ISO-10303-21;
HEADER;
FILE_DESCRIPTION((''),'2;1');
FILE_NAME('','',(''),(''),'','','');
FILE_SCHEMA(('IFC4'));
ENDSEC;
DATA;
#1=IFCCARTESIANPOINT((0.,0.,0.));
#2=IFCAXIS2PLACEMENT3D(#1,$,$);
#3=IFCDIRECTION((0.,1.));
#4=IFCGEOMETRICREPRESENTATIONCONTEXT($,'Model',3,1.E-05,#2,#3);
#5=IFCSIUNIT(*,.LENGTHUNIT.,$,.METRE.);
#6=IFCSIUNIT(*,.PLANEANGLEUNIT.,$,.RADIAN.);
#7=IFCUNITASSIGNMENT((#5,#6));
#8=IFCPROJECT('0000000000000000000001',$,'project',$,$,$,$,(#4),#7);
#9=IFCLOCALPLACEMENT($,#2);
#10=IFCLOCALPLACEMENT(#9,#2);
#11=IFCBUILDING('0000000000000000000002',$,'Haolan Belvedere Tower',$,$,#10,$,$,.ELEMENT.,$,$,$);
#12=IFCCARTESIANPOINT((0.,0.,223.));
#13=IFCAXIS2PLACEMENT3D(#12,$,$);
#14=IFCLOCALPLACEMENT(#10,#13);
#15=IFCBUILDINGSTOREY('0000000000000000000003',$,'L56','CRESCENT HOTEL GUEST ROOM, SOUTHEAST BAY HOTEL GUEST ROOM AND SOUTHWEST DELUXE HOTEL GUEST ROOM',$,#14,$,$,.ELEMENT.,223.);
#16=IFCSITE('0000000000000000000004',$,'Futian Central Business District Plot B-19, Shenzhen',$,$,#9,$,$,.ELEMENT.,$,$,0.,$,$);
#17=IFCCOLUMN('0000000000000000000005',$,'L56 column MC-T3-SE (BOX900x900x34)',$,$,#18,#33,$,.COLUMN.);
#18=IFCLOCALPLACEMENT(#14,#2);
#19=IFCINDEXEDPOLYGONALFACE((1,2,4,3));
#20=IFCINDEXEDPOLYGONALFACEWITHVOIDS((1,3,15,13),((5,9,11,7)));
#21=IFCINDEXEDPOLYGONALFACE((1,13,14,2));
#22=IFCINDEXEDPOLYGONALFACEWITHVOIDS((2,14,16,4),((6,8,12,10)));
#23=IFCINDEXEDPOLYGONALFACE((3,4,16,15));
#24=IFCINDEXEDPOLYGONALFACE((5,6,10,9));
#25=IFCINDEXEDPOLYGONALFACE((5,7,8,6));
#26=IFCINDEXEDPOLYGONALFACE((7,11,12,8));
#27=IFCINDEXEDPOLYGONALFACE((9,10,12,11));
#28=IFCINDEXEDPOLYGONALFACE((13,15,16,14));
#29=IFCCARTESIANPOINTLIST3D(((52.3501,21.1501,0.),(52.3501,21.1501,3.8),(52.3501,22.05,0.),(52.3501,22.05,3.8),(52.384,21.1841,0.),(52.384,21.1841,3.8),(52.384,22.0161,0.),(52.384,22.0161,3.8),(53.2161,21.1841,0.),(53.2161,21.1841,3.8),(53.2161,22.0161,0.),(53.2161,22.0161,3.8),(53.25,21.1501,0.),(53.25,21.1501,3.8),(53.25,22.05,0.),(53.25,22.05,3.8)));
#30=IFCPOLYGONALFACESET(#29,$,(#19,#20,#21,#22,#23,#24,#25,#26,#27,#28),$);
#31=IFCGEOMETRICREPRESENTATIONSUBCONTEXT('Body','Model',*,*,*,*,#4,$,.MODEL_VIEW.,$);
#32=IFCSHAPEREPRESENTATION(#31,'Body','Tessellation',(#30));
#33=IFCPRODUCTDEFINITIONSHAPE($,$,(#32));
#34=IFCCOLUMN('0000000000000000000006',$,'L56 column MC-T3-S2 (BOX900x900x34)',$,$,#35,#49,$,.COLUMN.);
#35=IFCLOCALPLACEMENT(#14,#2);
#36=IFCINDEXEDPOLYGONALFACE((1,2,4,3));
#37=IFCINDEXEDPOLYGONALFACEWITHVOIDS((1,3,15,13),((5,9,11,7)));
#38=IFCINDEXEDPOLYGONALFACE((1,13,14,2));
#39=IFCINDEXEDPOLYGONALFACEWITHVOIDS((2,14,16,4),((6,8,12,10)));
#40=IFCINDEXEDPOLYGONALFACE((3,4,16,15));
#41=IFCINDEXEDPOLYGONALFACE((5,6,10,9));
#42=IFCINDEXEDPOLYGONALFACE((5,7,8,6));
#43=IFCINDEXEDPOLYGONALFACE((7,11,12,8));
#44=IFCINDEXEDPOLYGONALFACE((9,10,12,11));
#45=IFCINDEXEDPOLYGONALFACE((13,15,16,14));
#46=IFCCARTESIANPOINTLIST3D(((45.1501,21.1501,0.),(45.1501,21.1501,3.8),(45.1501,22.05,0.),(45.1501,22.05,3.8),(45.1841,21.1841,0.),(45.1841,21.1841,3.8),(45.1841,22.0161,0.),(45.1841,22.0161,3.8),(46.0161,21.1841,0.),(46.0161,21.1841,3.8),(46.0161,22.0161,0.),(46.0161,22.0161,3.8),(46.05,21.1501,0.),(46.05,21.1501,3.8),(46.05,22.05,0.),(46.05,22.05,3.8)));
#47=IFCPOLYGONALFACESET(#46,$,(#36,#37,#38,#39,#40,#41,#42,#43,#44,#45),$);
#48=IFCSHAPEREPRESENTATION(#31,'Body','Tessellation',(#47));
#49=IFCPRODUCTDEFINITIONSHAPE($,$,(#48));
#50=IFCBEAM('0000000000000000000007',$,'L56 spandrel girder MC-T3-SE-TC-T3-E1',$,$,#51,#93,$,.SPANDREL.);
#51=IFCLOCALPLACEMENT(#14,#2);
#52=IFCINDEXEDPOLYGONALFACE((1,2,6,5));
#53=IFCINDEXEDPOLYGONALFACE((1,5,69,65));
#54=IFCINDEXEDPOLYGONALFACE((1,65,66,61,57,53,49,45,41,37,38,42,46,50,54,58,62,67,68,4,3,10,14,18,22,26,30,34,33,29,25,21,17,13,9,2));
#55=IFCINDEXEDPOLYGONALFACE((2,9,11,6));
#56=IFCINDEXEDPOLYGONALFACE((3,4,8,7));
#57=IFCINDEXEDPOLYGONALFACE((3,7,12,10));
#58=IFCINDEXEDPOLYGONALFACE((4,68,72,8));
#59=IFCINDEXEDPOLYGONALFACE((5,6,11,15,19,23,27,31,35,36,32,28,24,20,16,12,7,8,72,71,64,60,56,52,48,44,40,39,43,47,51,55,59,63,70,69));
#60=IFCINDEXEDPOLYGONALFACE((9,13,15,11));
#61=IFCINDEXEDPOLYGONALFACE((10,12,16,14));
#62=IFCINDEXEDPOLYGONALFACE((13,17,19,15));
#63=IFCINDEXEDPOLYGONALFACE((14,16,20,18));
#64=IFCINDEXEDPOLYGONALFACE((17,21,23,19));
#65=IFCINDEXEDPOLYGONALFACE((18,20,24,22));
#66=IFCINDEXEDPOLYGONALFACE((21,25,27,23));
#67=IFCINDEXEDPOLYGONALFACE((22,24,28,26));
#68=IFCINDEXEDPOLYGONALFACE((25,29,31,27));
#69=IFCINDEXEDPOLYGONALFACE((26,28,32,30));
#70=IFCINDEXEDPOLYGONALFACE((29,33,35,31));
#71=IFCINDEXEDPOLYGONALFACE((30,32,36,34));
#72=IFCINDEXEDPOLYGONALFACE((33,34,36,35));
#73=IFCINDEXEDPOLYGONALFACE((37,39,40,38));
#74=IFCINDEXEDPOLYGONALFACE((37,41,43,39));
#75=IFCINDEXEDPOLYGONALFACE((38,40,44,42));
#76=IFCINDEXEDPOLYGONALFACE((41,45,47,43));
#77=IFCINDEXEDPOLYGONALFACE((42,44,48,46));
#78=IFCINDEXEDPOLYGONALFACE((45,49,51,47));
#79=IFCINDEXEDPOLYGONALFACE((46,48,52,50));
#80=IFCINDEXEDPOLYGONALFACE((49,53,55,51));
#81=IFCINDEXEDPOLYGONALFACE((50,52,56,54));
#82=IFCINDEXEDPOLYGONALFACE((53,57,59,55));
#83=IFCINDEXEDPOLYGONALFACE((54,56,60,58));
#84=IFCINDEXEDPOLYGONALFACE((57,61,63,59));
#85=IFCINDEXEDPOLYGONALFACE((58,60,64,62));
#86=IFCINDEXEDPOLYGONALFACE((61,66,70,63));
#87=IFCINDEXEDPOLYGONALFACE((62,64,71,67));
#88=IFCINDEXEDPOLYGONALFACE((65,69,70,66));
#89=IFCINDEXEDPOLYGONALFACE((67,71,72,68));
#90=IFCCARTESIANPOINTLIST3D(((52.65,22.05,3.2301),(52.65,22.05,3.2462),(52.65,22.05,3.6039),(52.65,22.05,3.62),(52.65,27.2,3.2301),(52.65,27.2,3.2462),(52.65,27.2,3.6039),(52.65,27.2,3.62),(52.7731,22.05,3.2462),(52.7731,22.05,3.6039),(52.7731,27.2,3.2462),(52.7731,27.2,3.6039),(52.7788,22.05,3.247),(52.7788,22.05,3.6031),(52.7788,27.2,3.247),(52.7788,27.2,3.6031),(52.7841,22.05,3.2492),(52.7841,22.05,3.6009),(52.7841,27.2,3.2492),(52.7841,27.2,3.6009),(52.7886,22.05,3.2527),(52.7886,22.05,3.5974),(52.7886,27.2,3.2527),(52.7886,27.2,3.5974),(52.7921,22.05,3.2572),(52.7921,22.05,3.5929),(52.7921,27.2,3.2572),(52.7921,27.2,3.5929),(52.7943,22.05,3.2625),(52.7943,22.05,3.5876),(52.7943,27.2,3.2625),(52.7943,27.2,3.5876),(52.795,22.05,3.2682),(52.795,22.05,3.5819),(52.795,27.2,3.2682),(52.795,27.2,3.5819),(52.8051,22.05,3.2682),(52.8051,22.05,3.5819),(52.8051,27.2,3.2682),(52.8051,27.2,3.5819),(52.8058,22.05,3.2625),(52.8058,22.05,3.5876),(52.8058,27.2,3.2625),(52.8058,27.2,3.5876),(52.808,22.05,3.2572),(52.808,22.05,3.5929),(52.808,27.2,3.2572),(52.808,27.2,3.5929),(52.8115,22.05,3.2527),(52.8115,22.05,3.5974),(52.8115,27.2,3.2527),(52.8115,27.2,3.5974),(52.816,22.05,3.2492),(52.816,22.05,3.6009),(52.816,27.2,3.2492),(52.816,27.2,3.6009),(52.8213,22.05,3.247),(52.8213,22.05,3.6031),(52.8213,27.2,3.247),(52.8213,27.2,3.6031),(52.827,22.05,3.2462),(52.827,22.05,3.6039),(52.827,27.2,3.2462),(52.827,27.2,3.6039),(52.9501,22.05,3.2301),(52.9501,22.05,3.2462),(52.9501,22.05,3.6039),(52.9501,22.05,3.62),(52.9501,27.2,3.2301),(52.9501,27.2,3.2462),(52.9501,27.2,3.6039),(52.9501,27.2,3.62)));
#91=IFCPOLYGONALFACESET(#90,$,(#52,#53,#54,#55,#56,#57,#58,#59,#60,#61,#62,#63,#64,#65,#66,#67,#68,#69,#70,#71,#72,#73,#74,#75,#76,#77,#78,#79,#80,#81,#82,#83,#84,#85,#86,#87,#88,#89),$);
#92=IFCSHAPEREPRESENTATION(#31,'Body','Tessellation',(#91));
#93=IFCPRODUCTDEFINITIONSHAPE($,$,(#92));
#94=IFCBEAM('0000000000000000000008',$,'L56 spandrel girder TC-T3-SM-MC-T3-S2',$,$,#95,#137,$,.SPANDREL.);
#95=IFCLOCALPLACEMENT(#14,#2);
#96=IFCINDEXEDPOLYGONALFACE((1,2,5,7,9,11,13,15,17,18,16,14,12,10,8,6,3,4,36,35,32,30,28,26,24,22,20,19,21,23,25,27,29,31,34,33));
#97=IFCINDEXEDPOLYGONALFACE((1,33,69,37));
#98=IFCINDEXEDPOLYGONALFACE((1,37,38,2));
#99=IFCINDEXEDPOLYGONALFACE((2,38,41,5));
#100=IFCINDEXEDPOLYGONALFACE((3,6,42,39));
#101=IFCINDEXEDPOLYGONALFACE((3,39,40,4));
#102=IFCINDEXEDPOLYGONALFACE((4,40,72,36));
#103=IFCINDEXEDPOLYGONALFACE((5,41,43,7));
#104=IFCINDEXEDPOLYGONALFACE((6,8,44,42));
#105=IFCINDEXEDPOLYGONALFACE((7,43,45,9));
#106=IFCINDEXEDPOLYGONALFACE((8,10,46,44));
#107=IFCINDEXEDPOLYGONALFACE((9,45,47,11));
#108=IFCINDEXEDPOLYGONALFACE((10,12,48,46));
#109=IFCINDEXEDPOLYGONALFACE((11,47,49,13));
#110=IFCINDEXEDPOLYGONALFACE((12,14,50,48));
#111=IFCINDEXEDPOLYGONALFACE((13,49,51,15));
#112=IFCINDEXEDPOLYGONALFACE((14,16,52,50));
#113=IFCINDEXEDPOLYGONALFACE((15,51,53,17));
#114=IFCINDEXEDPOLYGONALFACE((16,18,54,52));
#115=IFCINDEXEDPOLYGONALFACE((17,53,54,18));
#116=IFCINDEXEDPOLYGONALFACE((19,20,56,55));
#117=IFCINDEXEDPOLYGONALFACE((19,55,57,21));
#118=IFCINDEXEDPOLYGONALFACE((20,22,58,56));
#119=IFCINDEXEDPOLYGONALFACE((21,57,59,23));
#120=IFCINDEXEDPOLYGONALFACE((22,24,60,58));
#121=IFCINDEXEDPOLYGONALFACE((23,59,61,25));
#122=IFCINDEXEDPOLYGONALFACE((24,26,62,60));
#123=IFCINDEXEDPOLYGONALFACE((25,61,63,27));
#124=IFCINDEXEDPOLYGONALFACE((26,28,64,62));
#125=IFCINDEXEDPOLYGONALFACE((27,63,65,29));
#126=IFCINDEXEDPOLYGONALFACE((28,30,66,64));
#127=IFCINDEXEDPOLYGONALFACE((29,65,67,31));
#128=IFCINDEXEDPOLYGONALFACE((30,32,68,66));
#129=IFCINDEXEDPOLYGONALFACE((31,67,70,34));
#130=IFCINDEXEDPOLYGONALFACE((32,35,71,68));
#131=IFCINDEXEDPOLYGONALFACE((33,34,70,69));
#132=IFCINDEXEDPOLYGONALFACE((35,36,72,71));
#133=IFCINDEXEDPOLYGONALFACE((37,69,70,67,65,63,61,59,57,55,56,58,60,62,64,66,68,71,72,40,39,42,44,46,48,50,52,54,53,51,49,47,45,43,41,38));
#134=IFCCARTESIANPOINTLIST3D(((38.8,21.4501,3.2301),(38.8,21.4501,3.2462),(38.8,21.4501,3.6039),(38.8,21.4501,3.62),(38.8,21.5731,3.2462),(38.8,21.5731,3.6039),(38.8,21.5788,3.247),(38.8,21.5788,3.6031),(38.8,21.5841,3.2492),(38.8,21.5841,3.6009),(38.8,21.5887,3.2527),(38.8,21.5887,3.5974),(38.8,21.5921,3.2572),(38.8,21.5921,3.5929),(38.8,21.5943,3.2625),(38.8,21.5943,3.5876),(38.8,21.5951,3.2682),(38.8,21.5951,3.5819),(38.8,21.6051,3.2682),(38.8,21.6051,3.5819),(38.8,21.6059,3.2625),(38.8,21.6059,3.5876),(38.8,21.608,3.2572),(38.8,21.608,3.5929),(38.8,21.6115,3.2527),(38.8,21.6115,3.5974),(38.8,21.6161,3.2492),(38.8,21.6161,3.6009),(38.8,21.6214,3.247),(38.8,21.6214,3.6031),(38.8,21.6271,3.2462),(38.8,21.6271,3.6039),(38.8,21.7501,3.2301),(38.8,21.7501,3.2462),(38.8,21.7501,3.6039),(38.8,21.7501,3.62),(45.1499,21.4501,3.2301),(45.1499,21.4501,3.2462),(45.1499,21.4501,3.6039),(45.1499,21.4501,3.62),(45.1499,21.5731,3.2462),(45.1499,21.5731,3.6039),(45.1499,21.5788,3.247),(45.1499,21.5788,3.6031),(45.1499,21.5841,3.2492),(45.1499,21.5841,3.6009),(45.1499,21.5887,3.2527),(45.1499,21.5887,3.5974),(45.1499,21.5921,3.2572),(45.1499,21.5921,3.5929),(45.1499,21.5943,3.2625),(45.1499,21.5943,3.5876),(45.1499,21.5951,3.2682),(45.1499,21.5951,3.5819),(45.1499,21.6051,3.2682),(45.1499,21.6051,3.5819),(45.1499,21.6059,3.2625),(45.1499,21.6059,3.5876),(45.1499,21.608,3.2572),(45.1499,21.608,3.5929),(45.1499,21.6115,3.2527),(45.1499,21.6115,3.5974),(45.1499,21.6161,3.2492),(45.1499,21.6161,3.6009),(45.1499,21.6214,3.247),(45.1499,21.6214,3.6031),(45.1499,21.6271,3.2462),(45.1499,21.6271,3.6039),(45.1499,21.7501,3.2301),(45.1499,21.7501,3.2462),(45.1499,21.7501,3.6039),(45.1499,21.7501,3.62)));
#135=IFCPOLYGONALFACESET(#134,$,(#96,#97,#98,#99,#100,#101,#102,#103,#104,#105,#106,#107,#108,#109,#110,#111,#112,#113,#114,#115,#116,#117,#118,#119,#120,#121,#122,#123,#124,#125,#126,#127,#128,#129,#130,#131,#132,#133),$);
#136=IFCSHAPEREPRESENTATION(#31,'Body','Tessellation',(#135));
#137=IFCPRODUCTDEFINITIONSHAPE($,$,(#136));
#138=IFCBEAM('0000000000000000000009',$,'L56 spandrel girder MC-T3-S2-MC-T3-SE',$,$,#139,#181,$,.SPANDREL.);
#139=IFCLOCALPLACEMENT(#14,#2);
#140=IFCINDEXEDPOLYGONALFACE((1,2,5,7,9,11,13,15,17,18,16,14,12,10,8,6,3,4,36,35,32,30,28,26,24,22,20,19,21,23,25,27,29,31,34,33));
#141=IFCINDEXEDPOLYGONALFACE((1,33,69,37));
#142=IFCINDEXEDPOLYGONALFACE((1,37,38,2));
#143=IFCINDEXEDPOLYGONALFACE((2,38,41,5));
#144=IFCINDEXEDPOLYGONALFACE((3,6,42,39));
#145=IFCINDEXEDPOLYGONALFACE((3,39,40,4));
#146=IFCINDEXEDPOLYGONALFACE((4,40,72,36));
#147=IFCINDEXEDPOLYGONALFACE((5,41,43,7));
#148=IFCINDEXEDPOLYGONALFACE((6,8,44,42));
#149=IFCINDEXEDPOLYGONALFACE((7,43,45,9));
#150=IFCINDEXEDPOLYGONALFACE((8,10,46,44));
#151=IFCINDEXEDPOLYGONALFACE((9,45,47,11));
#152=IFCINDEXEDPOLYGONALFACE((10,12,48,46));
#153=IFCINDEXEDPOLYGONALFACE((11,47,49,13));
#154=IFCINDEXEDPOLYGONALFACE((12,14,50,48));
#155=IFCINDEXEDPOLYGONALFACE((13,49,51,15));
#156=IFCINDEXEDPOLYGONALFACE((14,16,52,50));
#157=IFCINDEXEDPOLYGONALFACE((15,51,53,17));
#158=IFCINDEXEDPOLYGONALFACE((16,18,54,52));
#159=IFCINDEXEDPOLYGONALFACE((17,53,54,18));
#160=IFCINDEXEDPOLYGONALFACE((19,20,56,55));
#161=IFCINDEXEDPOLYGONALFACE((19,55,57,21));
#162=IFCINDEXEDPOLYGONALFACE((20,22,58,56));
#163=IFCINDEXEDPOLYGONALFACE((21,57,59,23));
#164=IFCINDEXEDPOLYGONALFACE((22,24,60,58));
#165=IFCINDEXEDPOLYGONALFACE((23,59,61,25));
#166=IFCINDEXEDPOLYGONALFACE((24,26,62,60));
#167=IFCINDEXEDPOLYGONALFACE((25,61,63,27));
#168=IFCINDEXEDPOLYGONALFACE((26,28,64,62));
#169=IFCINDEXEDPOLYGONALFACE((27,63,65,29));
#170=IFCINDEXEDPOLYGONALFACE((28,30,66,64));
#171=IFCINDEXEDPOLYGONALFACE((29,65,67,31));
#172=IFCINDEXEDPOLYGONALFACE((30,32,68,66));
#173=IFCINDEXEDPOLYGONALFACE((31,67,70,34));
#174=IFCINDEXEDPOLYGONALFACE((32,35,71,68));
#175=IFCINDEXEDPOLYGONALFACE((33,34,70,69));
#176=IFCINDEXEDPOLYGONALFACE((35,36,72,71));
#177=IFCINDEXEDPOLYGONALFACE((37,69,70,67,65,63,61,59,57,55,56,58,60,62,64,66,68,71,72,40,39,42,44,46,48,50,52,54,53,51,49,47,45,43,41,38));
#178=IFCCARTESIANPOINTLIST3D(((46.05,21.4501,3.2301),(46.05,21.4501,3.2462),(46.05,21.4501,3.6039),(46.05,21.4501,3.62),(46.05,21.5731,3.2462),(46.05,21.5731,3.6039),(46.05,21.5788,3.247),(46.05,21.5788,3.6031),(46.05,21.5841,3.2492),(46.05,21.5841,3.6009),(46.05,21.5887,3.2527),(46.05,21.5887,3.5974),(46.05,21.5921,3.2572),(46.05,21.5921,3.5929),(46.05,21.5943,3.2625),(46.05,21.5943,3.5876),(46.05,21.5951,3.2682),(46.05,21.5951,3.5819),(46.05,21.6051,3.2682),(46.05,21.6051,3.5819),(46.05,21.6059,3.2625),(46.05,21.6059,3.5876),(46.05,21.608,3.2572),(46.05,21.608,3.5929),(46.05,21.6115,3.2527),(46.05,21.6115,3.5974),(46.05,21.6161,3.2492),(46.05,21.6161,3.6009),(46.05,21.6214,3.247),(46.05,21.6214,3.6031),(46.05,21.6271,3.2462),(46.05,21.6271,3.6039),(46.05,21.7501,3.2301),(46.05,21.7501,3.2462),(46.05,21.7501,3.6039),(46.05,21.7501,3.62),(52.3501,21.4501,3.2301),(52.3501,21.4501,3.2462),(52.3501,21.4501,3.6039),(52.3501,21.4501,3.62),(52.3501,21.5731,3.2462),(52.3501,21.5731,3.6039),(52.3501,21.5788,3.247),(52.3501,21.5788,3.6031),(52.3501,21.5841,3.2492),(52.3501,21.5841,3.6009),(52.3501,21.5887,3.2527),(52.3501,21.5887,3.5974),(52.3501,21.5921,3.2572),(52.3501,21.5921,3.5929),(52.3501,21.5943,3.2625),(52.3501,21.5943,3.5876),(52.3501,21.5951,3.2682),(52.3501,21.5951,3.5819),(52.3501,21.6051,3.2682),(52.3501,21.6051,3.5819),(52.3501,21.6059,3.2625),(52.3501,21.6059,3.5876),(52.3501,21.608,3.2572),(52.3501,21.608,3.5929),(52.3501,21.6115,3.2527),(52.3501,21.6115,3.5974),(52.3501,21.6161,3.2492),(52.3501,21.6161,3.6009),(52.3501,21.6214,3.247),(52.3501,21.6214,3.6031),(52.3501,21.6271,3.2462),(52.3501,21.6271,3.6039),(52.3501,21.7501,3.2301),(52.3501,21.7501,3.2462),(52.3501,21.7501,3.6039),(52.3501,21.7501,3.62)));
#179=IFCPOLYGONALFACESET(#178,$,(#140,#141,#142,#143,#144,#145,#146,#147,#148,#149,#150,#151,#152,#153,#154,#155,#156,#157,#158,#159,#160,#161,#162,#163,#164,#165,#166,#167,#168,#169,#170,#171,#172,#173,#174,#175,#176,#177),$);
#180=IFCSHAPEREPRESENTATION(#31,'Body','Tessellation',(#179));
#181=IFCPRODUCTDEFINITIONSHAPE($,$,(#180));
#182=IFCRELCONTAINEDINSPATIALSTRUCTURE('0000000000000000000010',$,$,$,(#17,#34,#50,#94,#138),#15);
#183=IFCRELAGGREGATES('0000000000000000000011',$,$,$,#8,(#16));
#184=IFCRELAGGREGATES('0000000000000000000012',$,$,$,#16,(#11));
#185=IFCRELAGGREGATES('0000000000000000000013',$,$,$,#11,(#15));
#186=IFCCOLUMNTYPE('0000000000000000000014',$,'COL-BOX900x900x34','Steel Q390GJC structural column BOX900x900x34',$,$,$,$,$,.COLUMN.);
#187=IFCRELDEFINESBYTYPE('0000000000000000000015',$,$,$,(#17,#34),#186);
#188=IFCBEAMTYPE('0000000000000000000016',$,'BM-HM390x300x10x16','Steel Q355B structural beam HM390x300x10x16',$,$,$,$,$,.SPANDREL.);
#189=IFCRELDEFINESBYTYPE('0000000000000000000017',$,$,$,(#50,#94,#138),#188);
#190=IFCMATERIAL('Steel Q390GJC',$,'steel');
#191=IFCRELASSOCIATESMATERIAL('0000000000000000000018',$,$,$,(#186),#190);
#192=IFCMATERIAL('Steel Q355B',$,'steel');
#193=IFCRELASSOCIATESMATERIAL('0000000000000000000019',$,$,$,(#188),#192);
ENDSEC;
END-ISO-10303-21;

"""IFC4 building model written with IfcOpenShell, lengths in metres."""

from ifc_helpers import new_model, si_unit, direction, frame, origin, origin_2d, place, context, subcontext, project, spatial, hollow_rectangle, i_section, extrude, material, material_profile, profile_set, type_object, element, save


model = new_model("IFC4")

# Units and contexts
model_context = context("Model", 3, precision=1e-05, world=origin(), true_north=direction((0.0, 1.0)))
body_context = subcontext(model_context, "Body", "Model", "MODEL_VIEW")
ifc_project = project(units=[si_unit("LENGTHUNIT", "METRE"), si_unit("PLANEANGLEUNIT", "RADIAN")], contexts=[model_context])

# Site, building, storey
site_placement = place(None, origin())
site = spatial("IfcSite", under=ifc_project, at=site_placement, Name="Futian Central Business District Plot B-19, Shenzhen", CompositionType="ELEMENT", RefElevation=0.0)
building_placement = place(site_placement, origin())
building = spatial("IfcBuilding", under=site, at=building_placement, Name="Haolan Belvedere Tower", CompositionType="ELEMENT")
storey_placement = place(building_placement, frame((0.0, 0.0, 223.0)))
storey = spatial("IfcBuildingStorey", under=building, at=storey_placement, Name="L56", Description="CRESCENT HOTEL GUEST ROOM, SOUTHEAST BAY HOTEL GUEST ROOM AND SOUTHWEST DELUXE HOTEL GUEST ROOM", CompositionType="ELEMENT", Elevation=223.0)

# Columns
ifc_material_1 = material(Name="Steel Q390GJC", Category="steel")
ifc_material_profile_1 = material_profile(ifc_material_1, hollow_rectangle(XDim=0.8999, YDim=0.8999, WallThickness=0.0339, at=origin_2d()), Name="Steel Q390GJC")
ifc_profile_set_1 = profile_set([ifc_material_profile_1], Name="Steel Q390GJC")
column_type = type_object("IfcColumnType", Name="COL-BOX900x900x34", Description="Steel Q390GJC structural column BOX900x900x34", PredefinedType="COLUMN", material=ifc_profile_set_1)
for number, where, z_axis, x_axis, name in (
    (1, (52.8, 21.6001, 0.0), (0.0, 0.0, 1.0), (1.0, 0.0, 0.0), "L56 column MC-T3-SE (BOX900x900x34)"),
    (2, (45.6001, 21.6001, 0.0), (0.0, 0.0, 1.0), (1.0, 0.0, 0.0), "L56 column MC-T3-S2 (BOX900x900x34)"),
):
    element("IfcColumn", number, at=place(storey_placement, frame(where, z_axis=z_axis, x_axis=x_axis)), inside=storey, type_object=column_type, Name=name, PredefinedType="COLUMN", context=body_context, shape_type="SweptSolid", body=[
        extrude(hollow_rectangle(XDim=0.8999, YDim=0.8999, WallThickness=0.0339, at=origin_2d()), origin(), (0.0, 0.0, 1.0), 3.8),
    ])

# Beams
ifc_material_2 = material(Name="Steel Q355B", Category="steel")
ifc_material_profile_2 = material_profile(ifc_material_2, i_section(OverallWidth=0.3, OverallDepth=0.3899, WebThickness=0.01, FlangeThickness=0.0161, FilletRadius=0.022, at=origin_2d()), Name="Steel Q355B")
ifc_profile_set_2 = profile_set([ifc_material_profile_2], Name="Steel Q355B")
beam_type_1 = type_object("IfcBeamType", Name="BM-HM390x300x10x16", Description="Steel Q355B structural beam HM390x300x10x16", PredefinedType="SPANDREL", material=ifc_profile_set_2)
beam_1_placement = place(storey_placement, frame((52.8, 22.05, 3.425), z_axis=(0.0, 1.0, 0.0), x_axis=(-1.0, 0.0, 0.0)))
element("IfcBeam", 3, at=beam_1_placement, inside=storey, type_object=beam_type_1, Name="L56 spandrel girder MC-T3-SE-TC-T3-E1", PredefinedType="SPANDREL", context=body_context, shape_type="SweptSolid", body=[
    extrude(i_section(OverallWidth=0.3, OverallDepth=0.3899, WebThickness=0.01, FlangeThickness=0.0161, FilletRadius=0.022, at=origin_2d()), origin(), (0.0, 0.0, 1.0), 5.1499),
])
beam_2_placement = place(storey_placement, frame((38.8, 21.6001, 3.425), z_axis=(1.0, 0.0, 0.0), x_axis=(0.0, 1.0, 0.0)))
element("IfcBeam", 4, at=beam_2_placement, inside=storey, type_object=beam_type_1, Name="L56 spandrel girder TC-T3-SM-MC-T3-S2", PredefinedType="SPANDREL", context=body_context, shape_type="SweptSolid", body=[
    extrude(i_section(OverallWidth=0.3, OverallDepth=0.3899, WebThickness=0.01, FlangeThickness=0.0161, FilletRadius=0.022, at=origin_2d()), origin(), (0.0, 0.0, 1.0), 6.3499),
])
beam_3_placement = place(storey_placement, frame((46.05, 21.6001, 3.425), z_axis=(1.0, 0.0, 0.0), x_axis=(0.0, 1.0, 0.0)))
element("IfcBeam", 5, at=beam_3_placement, inside=storey, type_object=beam_type_1, Name="L56 spandrel girder MC-T3-S2-MC-T3-SE", PredefinedType="SPANDREL", context=body_context, shape_type="SweptSolid", body=[
    extrude(i_section(OverallWidth=0.3, OverallDepth=0.3899, WebThickness=0.01, FlangeThickness=0.0161, FilletRadius=0.022, at=origin_2d()), origin(), (0.0, 0.0, 1.0), 6.3),
])

save(model, "model.ifc")
